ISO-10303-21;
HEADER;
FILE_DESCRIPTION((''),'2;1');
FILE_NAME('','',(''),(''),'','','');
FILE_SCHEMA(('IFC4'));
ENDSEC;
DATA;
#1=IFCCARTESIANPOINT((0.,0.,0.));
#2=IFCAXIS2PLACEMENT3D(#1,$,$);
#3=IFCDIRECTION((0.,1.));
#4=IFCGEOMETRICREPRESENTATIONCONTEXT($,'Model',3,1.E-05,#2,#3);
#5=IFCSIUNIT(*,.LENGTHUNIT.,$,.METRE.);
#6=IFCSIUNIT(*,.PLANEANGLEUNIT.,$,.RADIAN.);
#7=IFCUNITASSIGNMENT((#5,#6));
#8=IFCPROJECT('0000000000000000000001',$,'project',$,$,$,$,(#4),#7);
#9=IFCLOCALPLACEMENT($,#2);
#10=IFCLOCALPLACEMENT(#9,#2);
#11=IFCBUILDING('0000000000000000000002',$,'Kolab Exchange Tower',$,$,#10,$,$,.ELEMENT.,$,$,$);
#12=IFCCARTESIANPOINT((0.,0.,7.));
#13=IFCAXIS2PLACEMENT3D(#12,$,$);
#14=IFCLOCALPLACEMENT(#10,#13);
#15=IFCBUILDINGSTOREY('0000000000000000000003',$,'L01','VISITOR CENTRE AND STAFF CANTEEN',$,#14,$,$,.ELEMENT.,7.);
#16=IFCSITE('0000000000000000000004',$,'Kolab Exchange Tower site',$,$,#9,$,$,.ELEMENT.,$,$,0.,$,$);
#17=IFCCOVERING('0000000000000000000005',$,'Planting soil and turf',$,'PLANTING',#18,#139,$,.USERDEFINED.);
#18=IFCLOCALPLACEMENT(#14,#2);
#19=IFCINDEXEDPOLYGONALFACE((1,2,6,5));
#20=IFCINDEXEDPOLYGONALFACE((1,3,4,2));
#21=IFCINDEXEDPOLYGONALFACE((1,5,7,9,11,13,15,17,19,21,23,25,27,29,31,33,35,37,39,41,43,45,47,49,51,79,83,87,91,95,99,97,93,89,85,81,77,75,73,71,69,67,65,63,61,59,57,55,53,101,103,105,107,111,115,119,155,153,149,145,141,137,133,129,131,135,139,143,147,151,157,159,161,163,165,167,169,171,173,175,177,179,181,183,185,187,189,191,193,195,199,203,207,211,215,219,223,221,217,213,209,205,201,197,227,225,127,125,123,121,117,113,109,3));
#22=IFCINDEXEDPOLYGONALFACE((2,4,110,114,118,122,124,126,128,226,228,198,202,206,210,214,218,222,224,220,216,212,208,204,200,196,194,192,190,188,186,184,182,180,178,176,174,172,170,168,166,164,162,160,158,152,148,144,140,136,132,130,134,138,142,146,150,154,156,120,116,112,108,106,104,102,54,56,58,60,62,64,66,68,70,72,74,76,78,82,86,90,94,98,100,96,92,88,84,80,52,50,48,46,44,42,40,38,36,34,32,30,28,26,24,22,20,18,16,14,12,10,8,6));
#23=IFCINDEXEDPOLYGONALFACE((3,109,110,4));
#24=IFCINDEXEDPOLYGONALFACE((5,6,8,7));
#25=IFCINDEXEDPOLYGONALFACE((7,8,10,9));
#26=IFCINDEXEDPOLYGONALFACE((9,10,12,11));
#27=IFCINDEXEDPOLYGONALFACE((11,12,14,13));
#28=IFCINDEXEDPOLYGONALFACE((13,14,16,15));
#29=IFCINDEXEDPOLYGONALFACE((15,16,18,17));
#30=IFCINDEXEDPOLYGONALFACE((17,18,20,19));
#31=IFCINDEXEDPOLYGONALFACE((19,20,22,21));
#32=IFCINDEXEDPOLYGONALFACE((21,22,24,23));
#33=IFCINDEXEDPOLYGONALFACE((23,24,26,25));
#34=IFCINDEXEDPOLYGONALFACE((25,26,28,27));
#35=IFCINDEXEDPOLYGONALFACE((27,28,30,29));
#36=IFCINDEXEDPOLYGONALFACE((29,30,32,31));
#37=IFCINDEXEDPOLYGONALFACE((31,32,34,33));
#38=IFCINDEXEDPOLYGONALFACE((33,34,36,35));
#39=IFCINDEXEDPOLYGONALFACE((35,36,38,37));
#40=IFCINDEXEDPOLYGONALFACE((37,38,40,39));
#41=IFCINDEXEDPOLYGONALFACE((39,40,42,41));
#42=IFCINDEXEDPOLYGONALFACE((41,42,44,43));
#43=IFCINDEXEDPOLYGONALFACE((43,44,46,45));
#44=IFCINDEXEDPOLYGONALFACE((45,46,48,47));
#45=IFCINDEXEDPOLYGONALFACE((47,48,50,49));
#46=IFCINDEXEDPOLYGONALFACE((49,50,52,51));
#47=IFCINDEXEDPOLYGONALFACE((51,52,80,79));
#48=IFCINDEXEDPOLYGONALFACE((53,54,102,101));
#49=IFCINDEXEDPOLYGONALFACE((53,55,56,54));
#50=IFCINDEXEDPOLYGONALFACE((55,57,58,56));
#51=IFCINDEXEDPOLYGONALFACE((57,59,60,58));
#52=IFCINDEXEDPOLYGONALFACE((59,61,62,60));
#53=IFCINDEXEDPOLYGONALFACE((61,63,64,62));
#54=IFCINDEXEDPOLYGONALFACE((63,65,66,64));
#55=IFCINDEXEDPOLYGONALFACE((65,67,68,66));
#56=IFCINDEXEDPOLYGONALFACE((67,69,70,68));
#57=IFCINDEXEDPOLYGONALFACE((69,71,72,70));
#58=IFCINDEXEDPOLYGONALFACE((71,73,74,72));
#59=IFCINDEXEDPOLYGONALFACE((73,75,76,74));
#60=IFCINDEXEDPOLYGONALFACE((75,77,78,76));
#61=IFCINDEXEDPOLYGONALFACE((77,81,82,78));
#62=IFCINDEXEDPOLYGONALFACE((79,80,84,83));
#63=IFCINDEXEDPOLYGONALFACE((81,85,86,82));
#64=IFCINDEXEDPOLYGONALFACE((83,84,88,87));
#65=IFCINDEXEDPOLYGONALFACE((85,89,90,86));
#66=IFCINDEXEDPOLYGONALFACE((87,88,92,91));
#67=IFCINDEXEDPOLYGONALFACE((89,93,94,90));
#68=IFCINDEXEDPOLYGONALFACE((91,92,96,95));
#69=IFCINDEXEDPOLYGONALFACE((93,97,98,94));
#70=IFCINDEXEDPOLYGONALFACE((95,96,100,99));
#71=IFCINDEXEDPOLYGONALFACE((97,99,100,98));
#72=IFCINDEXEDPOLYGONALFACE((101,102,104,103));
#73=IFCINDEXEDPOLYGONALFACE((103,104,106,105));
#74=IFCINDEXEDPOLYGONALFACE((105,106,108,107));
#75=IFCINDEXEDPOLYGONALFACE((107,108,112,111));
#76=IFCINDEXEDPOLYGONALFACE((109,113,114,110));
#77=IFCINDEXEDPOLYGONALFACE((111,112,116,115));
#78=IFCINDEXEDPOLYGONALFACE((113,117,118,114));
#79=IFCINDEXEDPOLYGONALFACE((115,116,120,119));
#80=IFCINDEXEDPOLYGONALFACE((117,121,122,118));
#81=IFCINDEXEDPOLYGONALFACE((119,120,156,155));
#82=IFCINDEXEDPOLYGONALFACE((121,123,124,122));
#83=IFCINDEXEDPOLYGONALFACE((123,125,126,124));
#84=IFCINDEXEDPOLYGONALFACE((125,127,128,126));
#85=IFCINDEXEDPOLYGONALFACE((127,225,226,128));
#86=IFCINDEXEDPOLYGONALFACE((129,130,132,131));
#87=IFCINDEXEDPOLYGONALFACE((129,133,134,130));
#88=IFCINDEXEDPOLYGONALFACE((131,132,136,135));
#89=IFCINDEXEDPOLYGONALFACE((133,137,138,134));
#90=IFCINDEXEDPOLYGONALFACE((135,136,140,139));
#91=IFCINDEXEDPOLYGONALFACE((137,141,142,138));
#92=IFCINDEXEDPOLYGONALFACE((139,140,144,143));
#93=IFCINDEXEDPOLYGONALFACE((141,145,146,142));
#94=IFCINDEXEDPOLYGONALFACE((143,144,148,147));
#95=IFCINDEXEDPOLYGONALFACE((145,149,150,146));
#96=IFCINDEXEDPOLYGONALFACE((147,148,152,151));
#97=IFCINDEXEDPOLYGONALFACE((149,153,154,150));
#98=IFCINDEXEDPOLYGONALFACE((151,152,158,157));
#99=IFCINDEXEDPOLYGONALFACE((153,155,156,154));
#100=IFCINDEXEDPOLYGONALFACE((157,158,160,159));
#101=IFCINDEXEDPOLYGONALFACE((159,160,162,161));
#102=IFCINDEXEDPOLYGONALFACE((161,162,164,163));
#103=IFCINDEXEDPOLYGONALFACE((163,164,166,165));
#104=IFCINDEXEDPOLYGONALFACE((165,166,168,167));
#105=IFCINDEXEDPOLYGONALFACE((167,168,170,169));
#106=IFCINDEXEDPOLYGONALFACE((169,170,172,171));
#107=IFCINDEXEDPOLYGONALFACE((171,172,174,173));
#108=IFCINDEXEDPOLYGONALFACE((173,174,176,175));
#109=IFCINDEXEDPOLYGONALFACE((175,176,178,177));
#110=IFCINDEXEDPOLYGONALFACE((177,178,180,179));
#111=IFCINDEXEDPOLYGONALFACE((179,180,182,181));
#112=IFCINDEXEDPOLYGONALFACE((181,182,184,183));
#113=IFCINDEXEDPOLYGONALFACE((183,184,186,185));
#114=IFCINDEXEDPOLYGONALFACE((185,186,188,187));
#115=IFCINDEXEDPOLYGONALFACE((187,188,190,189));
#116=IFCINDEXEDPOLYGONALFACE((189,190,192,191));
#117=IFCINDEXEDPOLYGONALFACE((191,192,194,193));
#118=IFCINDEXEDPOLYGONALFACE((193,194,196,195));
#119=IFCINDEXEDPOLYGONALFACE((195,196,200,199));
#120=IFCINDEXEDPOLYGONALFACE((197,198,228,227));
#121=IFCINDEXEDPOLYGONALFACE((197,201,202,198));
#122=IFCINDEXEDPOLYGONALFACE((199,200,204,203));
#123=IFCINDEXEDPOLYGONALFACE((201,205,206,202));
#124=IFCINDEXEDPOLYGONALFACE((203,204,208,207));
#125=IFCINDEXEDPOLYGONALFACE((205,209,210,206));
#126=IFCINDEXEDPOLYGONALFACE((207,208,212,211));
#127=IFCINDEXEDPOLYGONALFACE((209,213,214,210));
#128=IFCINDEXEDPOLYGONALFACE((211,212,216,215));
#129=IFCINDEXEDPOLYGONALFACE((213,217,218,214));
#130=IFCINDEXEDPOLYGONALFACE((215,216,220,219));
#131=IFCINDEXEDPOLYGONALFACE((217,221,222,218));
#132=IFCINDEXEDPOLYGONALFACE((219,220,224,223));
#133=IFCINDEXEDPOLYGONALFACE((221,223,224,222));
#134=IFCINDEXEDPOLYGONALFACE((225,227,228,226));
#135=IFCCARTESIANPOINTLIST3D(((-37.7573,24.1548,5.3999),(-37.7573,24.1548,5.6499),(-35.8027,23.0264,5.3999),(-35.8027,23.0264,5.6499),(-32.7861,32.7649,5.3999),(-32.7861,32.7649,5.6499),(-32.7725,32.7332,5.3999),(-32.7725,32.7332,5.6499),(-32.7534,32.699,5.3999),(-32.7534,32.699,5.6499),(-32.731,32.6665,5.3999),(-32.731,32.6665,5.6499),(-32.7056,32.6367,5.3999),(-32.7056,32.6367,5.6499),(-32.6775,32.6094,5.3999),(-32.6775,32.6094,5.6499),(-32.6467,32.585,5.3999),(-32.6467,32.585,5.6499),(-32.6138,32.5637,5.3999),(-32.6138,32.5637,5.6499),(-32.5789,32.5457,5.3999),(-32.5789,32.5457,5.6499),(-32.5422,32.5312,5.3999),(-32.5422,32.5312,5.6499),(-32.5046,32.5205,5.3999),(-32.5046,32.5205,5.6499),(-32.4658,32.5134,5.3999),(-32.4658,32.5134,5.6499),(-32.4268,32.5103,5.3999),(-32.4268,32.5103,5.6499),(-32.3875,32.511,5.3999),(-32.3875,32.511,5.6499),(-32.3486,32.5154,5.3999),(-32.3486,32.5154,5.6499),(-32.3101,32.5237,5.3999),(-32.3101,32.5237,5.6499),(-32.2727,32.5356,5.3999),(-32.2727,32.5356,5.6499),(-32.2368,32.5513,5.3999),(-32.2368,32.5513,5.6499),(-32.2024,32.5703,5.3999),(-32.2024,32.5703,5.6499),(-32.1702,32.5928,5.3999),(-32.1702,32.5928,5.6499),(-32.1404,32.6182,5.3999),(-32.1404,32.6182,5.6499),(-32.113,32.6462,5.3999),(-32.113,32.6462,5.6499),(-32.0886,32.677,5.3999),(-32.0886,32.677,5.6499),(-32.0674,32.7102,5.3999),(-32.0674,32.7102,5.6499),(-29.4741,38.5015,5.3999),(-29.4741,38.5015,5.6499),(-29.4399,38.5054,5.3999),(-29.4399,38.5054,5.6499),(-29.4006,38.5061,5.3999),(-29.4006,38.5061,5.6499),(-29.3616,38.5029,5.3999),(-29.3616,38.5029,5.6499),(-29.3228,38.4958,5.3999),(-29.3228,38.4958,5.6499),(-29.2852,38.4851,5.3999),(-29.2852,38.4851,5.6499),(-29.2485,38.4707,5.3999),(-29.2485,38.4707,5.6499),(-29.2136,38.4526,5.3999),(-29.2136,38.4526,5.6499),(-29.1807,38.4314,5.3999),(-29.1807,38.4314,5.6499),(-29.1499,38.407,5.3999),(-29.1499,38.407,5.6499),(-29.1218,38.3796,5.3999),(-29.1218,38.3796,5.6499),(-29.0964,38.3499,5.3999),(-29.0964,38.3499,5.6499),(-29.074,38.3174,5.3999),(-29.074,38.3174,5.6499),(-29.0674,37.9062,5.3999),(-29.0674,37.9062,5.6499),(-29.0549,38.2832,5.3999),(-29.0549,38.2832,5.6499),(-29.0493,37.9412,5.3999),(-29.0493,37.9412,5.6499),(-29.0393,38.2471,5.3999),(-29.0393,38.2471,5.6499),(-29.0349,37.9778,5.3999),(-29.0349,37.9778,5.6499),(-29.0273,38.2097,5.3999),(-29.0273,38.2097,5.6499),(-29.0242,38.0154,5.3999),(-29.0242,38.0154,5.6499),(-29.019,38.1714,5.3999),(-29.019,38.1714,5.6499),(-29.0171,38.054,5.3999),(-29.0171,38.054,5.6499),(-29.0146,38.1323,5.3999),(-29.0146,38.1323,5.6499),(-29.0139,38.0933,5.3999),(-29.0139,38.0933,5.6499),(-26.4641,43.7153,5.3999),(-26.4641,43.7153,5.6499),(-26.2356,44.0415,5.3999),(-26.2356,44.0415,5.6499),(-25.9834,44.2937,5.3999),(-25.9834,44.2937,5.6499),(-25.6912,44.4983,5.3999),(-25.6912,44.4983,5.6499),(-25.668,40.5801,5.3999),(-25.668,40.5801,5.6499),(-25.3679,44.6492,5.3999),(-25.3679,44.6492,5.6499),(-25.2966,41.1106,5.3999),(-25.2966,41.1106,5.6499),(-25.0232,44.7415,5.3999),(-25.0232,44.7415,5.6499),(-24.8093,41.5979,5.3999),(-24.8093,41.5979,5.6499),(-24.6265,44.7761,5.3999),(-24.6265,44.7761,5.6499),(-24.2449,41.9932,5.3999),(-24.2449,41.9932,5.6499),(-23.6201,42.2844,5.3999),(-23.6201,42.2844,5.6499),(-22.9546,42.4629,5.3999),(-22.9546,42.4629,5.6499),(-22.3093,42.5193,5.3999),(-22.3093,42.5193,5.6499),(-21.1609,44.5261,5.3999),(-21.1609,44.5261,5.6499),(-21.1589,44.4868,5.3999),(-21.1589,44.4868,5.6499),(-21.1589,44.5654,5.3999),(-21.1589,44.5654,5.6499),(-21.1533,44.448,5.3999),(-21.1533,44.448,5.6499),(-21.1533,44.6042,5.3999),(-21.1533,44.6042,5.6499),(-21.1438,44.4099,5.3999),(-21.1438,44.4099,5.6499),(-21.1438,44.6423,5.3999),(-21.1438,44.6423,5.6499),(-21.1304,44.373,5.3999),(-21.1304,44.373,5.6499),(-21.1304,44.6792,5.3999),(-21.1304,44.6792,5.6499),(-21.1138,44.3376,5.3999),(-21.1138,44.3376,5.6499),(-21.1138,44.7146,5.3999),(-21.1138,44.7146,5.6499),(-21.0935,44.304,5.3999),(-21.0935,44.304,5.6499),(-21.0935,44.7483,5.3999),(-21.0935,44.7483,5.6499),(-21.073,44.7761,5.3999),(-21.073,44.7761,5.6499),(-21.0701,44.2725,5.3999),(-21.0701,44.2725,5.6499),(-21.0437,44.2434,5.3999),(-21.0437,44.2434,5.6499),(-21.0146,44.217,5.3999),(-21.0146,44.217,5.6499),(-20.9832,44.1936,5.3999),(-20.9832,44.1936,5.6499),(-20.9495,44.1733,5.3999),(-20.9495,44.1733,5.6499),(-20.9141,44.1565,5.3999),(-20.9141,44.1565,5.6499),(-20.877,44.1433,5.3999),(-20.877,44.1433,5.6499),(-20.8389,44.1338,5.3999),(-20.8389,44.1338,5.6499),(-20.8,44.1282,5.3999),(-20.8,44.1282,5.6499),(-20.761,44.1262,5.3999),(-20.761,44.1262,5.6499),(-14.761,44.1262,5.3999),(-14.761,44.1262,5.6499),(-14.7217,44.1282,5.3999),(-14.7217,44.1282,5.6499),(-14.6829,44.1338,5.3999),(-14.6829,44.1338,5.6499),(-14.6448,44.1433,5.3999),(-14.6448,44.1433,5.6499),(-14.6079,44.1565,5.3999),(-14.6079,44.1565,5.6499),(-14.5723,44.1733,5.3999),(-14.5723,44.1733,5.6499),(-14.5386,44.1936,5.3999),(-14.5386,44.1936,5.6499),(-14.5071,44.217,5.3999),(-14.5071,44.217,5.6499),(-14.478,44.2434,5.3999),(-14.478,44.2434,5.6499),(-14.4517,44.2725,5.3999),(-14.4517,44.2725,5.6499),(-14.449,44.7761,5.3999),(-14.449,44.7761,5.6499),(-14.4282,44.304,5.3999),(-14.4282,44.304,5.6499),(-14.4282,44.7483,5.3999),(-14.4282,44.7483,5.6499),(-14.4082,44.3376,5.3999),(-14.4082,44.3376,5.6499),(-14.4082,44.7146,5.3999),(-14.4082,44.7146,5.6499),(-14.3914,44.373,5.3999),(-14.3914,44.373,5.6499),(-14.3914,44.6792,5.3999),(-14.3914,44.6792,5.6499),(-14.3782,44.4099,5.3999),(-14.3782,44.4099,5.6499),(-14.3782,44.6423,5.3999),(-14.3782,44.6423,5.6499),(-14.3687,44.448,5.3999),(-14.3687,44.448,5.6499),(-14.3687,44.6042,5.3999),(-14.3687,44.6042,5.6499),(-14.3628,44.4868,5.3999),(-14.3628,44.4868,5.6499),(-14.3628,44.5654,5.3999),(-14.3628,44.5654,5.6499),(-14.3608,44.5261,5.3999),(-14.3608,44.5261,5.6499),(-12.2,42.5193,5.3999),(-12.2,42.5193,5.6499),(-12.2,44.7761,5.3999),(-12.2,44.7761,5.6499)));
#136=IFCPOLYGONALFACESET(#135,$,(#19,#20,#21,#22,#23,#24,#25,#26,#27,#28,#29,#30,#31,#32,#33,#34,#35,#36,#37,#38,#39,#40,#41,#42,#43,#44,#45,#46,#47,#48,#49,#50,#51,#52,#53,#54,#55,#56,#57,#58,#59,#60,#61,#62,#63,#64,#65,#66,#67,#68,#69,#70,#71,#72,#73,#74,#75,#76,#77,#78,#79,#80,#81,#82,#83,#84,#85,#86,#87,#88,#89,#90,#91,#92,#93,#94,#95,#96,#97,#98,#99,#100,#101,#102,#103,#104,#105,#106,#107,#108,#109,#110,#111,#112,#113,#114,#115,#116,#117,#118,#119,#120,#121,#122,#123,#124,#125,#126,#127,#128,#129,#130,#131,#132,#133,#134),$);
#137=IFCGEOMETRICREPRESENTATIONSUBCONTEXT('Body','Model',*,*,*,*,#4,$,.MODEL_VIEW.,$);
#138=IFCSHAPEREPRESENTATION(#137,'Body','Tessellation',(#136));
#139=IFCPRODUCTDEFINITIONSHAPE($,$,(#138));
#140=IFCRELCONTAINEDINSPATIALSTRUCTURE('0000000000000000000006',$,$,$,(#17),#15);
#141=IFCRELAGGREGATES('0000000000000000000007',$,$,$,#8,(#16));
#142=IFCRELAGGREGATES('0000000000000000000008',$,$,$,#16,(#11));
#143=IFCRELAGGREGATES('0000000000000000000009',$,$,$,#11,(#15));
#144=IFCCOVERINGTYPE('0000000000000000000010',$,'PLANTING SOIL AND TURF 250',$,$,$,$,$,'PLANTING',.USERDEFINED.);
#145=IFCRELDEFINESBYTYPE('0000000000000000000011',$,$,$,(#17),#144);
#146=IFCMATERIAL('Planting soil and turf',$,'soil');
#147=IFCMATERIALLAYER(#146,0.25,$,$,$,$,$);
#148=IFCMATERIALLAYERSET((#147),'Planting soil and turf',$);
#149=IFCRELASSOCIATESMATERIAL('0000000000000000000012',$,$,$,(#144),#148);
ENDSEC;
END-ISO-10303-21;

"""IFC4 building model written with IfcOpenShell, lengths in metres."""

from ifc_helpers import new_model, si_unit, direction, frame, origin, place, context, subcontext, project, spatial, polyline, outline, extrude, material, layer, layer_set, type_object, element, save


model = new_model("IFC4")

# Units and contexts
model_context = context("Model", 3, precision=1e-05, world=origin(), true_north=direction((0.0, 1.0)))
body_context = subcontext(model_context, "Body", "Model", "MODEL_VIEW")
ifc_project = project(units=[si_unit("LENGTHUNIT", "METRE"), si_unit("PLANEANGLEUNIT", "RADIAN")], contexts=[model_context])

# Site, building, storey
site_placement = place(None, origin())
site = spatial("IfcSite", under=ifc_project, at=site_placement, Name="Kolab Exchange Tower site", CompositionType="ELEMENT", RefElevation=0.0)
building_placement = place(site_placement, origin())
building = spatial("IfcBuilding", under=site, at=building_placement, Name="Kolab Exchange Tower", CompositionType="ELEMENT")
storey_placement = place(building_placement, frame((0.0, 0.0, 7.0)))
storey = spatial("IfcBuildingStorey", under=building, at=storey_placement, Name="L01", Description="VISITOR CENTRE AND STAFF CANTEEN", CompositionType="ELEMENT", Elevation=7.0)

# Covering
ifc_material_1 = material(Name="Planting soil and turf", Category="soil")
ifc_layer_1 = layer(ifc_material_1, 0.25)
ifc_layer_set_1 = layer_set([ifc_layer_1], Name="Planting soil and turf")
covering_type_1 = type_object("IfcCoveringType", Name="PLANTING SOIL AND TURF 250", ElementType="PLANTING", PredefinedType="USERDEFINED", material=ifc_layer_set_1)
covering_1_placement = place(storey_placement, frame((0.0, 0.0, 5.3999)))
element("IfcCovering", 1, at=covering_1_placement, inside=storey, type_object=covering_type_1, Name="Planting soil and turf", ObjectType="PLANTING", PredefinedType="USERDEFINED", context=body_context, shape_type="SweptSolid", body=[
    extrude(outline(polyline([(-32.7861, 32.7649), (-32.7725, 32.7332), (-32.7534, 32.699), (-32.731, 32.6665), (-32.7056, 32.6367), (-32.6775, 32.6094), (-32.6467, 32.585), (-32.6138, 32.5637), (-32.5789, 32.5457), (-32.5422, 32.5312), (-32.5046, 32.5205), (-32.4658, 32.5134), (-32.4268, 32.5103), (-32.3875, 32.511), (-32.3486, 32.5154), (-32.3101, 32.5237), (-32.2727, 32.5356), (-32.2368, 32.5513), (-32.2024, 32.5703), (-32.1702, 32.5928), (-32.1404, 32.6182), (-32.113, 32.6462), (-32.0886, 32.677), (-32.0674, 32.7102), (-29.0674, 37.9062), (-29.0493, 37.9412), (-29.0349, 37.9778), (-29.0242, 38.0154), (-29.0171, 38.054), (-29.0139, 38.0933), (-29.0146, 38.1323), (-29.019, 38.1714), (-29.0273, 38.2097), (-29.0393, 38.2471), (-29.0549, 38.2832), (-29.074, 38.3174), (-29.0964, 38.3499), (-29.1218, 38.3796), (-29.1499, 38.407), (-29.1807, 38.4314), (-29.2136, 38.4526), (-29.2485, 38.4707), (-29.2852, 38.4851), (-29.3228, 38.4958), (-29.3616, 38.5029), (-29.4006, 38.5061), (-29.4399, 38.5054), (-29.4741, 38.5015), (-26.4641, 43.7153), (-26.2356, 44.0415), (-25.9834, 44.2937), (-25.6912, 44.4983), (-25.3679, 44.6492), (-25.0232, 44.7415), (-24.6265, 44.7761), (-21.073, 44.7761), (-21.0935, 44.7483), (-21.1138, 44.7146), (-21.1304, 44.6792), (-21.1438, 44.6423), (-21.1533, 44.6042), (-21.1589, 44.5654), (-21.1609, 44.5261), (-21.1589, 44.4868), (-21.1533, 44.448), (-21.1438, 44.4099), (-21.1304, 44.373), (-21.1138, 44.3376), (-21.0935, 44.304), (-21.0701, 44.2725), (-21.0437, 44.2434), (-21.0146, 44.217), (-20.9832, 44.1936), (-20.9495, 44.1733), (-20.9141, 44.1565), (-20.877, 44.1433), (-20.8389, 44.1338), (-20.8, 44.1282), (-20.761, 44.1262), (-14.761, 44.1262), (-14.7217, 44.1282), (-14.6829, 44.1338), (-14.6448, 44.1433), (-14.6079, 44.1565), (-14.5723, 44.1733), (-14.5386, 44.1936), (-14.5071, 44.217), (-14.478, 44.2434), (-14.4517, 44.2725), (-14.4282, 44.304), (-14.4082, 44.3376), (-14.3914, 44.373), (-14.3782, 44.4099), (-14.3687, 44.448), (-14.3628, 44.4868), (-14.3608, 44.5261), (-14.3628, 44.5654), (-14.3687, 44.6042), (-14.3782, 44.6423), (-14.3914, 44.6792), (-14.4082, 44.7146), (-14.4282, 44.7483), (-14.449, 44.7761), (-12.2, 44.7761), (-12.2, 42.5193), (-22.3093, 42.5193), (-22.9546, 42.4629), (-23.6201, 42.2844), (-24.2449, 41.9932), (-24.8093, 41.5979), (-25.2966, 41.1106), (-25.668, 40.5801), (-35.8027, 23.0264), (-37.7573, 24.1548), (-32.7861, 32.7649)])), origin(), (0.0, 0.0, 1.0), 0.25),
])

save(model, "model.ifc")
